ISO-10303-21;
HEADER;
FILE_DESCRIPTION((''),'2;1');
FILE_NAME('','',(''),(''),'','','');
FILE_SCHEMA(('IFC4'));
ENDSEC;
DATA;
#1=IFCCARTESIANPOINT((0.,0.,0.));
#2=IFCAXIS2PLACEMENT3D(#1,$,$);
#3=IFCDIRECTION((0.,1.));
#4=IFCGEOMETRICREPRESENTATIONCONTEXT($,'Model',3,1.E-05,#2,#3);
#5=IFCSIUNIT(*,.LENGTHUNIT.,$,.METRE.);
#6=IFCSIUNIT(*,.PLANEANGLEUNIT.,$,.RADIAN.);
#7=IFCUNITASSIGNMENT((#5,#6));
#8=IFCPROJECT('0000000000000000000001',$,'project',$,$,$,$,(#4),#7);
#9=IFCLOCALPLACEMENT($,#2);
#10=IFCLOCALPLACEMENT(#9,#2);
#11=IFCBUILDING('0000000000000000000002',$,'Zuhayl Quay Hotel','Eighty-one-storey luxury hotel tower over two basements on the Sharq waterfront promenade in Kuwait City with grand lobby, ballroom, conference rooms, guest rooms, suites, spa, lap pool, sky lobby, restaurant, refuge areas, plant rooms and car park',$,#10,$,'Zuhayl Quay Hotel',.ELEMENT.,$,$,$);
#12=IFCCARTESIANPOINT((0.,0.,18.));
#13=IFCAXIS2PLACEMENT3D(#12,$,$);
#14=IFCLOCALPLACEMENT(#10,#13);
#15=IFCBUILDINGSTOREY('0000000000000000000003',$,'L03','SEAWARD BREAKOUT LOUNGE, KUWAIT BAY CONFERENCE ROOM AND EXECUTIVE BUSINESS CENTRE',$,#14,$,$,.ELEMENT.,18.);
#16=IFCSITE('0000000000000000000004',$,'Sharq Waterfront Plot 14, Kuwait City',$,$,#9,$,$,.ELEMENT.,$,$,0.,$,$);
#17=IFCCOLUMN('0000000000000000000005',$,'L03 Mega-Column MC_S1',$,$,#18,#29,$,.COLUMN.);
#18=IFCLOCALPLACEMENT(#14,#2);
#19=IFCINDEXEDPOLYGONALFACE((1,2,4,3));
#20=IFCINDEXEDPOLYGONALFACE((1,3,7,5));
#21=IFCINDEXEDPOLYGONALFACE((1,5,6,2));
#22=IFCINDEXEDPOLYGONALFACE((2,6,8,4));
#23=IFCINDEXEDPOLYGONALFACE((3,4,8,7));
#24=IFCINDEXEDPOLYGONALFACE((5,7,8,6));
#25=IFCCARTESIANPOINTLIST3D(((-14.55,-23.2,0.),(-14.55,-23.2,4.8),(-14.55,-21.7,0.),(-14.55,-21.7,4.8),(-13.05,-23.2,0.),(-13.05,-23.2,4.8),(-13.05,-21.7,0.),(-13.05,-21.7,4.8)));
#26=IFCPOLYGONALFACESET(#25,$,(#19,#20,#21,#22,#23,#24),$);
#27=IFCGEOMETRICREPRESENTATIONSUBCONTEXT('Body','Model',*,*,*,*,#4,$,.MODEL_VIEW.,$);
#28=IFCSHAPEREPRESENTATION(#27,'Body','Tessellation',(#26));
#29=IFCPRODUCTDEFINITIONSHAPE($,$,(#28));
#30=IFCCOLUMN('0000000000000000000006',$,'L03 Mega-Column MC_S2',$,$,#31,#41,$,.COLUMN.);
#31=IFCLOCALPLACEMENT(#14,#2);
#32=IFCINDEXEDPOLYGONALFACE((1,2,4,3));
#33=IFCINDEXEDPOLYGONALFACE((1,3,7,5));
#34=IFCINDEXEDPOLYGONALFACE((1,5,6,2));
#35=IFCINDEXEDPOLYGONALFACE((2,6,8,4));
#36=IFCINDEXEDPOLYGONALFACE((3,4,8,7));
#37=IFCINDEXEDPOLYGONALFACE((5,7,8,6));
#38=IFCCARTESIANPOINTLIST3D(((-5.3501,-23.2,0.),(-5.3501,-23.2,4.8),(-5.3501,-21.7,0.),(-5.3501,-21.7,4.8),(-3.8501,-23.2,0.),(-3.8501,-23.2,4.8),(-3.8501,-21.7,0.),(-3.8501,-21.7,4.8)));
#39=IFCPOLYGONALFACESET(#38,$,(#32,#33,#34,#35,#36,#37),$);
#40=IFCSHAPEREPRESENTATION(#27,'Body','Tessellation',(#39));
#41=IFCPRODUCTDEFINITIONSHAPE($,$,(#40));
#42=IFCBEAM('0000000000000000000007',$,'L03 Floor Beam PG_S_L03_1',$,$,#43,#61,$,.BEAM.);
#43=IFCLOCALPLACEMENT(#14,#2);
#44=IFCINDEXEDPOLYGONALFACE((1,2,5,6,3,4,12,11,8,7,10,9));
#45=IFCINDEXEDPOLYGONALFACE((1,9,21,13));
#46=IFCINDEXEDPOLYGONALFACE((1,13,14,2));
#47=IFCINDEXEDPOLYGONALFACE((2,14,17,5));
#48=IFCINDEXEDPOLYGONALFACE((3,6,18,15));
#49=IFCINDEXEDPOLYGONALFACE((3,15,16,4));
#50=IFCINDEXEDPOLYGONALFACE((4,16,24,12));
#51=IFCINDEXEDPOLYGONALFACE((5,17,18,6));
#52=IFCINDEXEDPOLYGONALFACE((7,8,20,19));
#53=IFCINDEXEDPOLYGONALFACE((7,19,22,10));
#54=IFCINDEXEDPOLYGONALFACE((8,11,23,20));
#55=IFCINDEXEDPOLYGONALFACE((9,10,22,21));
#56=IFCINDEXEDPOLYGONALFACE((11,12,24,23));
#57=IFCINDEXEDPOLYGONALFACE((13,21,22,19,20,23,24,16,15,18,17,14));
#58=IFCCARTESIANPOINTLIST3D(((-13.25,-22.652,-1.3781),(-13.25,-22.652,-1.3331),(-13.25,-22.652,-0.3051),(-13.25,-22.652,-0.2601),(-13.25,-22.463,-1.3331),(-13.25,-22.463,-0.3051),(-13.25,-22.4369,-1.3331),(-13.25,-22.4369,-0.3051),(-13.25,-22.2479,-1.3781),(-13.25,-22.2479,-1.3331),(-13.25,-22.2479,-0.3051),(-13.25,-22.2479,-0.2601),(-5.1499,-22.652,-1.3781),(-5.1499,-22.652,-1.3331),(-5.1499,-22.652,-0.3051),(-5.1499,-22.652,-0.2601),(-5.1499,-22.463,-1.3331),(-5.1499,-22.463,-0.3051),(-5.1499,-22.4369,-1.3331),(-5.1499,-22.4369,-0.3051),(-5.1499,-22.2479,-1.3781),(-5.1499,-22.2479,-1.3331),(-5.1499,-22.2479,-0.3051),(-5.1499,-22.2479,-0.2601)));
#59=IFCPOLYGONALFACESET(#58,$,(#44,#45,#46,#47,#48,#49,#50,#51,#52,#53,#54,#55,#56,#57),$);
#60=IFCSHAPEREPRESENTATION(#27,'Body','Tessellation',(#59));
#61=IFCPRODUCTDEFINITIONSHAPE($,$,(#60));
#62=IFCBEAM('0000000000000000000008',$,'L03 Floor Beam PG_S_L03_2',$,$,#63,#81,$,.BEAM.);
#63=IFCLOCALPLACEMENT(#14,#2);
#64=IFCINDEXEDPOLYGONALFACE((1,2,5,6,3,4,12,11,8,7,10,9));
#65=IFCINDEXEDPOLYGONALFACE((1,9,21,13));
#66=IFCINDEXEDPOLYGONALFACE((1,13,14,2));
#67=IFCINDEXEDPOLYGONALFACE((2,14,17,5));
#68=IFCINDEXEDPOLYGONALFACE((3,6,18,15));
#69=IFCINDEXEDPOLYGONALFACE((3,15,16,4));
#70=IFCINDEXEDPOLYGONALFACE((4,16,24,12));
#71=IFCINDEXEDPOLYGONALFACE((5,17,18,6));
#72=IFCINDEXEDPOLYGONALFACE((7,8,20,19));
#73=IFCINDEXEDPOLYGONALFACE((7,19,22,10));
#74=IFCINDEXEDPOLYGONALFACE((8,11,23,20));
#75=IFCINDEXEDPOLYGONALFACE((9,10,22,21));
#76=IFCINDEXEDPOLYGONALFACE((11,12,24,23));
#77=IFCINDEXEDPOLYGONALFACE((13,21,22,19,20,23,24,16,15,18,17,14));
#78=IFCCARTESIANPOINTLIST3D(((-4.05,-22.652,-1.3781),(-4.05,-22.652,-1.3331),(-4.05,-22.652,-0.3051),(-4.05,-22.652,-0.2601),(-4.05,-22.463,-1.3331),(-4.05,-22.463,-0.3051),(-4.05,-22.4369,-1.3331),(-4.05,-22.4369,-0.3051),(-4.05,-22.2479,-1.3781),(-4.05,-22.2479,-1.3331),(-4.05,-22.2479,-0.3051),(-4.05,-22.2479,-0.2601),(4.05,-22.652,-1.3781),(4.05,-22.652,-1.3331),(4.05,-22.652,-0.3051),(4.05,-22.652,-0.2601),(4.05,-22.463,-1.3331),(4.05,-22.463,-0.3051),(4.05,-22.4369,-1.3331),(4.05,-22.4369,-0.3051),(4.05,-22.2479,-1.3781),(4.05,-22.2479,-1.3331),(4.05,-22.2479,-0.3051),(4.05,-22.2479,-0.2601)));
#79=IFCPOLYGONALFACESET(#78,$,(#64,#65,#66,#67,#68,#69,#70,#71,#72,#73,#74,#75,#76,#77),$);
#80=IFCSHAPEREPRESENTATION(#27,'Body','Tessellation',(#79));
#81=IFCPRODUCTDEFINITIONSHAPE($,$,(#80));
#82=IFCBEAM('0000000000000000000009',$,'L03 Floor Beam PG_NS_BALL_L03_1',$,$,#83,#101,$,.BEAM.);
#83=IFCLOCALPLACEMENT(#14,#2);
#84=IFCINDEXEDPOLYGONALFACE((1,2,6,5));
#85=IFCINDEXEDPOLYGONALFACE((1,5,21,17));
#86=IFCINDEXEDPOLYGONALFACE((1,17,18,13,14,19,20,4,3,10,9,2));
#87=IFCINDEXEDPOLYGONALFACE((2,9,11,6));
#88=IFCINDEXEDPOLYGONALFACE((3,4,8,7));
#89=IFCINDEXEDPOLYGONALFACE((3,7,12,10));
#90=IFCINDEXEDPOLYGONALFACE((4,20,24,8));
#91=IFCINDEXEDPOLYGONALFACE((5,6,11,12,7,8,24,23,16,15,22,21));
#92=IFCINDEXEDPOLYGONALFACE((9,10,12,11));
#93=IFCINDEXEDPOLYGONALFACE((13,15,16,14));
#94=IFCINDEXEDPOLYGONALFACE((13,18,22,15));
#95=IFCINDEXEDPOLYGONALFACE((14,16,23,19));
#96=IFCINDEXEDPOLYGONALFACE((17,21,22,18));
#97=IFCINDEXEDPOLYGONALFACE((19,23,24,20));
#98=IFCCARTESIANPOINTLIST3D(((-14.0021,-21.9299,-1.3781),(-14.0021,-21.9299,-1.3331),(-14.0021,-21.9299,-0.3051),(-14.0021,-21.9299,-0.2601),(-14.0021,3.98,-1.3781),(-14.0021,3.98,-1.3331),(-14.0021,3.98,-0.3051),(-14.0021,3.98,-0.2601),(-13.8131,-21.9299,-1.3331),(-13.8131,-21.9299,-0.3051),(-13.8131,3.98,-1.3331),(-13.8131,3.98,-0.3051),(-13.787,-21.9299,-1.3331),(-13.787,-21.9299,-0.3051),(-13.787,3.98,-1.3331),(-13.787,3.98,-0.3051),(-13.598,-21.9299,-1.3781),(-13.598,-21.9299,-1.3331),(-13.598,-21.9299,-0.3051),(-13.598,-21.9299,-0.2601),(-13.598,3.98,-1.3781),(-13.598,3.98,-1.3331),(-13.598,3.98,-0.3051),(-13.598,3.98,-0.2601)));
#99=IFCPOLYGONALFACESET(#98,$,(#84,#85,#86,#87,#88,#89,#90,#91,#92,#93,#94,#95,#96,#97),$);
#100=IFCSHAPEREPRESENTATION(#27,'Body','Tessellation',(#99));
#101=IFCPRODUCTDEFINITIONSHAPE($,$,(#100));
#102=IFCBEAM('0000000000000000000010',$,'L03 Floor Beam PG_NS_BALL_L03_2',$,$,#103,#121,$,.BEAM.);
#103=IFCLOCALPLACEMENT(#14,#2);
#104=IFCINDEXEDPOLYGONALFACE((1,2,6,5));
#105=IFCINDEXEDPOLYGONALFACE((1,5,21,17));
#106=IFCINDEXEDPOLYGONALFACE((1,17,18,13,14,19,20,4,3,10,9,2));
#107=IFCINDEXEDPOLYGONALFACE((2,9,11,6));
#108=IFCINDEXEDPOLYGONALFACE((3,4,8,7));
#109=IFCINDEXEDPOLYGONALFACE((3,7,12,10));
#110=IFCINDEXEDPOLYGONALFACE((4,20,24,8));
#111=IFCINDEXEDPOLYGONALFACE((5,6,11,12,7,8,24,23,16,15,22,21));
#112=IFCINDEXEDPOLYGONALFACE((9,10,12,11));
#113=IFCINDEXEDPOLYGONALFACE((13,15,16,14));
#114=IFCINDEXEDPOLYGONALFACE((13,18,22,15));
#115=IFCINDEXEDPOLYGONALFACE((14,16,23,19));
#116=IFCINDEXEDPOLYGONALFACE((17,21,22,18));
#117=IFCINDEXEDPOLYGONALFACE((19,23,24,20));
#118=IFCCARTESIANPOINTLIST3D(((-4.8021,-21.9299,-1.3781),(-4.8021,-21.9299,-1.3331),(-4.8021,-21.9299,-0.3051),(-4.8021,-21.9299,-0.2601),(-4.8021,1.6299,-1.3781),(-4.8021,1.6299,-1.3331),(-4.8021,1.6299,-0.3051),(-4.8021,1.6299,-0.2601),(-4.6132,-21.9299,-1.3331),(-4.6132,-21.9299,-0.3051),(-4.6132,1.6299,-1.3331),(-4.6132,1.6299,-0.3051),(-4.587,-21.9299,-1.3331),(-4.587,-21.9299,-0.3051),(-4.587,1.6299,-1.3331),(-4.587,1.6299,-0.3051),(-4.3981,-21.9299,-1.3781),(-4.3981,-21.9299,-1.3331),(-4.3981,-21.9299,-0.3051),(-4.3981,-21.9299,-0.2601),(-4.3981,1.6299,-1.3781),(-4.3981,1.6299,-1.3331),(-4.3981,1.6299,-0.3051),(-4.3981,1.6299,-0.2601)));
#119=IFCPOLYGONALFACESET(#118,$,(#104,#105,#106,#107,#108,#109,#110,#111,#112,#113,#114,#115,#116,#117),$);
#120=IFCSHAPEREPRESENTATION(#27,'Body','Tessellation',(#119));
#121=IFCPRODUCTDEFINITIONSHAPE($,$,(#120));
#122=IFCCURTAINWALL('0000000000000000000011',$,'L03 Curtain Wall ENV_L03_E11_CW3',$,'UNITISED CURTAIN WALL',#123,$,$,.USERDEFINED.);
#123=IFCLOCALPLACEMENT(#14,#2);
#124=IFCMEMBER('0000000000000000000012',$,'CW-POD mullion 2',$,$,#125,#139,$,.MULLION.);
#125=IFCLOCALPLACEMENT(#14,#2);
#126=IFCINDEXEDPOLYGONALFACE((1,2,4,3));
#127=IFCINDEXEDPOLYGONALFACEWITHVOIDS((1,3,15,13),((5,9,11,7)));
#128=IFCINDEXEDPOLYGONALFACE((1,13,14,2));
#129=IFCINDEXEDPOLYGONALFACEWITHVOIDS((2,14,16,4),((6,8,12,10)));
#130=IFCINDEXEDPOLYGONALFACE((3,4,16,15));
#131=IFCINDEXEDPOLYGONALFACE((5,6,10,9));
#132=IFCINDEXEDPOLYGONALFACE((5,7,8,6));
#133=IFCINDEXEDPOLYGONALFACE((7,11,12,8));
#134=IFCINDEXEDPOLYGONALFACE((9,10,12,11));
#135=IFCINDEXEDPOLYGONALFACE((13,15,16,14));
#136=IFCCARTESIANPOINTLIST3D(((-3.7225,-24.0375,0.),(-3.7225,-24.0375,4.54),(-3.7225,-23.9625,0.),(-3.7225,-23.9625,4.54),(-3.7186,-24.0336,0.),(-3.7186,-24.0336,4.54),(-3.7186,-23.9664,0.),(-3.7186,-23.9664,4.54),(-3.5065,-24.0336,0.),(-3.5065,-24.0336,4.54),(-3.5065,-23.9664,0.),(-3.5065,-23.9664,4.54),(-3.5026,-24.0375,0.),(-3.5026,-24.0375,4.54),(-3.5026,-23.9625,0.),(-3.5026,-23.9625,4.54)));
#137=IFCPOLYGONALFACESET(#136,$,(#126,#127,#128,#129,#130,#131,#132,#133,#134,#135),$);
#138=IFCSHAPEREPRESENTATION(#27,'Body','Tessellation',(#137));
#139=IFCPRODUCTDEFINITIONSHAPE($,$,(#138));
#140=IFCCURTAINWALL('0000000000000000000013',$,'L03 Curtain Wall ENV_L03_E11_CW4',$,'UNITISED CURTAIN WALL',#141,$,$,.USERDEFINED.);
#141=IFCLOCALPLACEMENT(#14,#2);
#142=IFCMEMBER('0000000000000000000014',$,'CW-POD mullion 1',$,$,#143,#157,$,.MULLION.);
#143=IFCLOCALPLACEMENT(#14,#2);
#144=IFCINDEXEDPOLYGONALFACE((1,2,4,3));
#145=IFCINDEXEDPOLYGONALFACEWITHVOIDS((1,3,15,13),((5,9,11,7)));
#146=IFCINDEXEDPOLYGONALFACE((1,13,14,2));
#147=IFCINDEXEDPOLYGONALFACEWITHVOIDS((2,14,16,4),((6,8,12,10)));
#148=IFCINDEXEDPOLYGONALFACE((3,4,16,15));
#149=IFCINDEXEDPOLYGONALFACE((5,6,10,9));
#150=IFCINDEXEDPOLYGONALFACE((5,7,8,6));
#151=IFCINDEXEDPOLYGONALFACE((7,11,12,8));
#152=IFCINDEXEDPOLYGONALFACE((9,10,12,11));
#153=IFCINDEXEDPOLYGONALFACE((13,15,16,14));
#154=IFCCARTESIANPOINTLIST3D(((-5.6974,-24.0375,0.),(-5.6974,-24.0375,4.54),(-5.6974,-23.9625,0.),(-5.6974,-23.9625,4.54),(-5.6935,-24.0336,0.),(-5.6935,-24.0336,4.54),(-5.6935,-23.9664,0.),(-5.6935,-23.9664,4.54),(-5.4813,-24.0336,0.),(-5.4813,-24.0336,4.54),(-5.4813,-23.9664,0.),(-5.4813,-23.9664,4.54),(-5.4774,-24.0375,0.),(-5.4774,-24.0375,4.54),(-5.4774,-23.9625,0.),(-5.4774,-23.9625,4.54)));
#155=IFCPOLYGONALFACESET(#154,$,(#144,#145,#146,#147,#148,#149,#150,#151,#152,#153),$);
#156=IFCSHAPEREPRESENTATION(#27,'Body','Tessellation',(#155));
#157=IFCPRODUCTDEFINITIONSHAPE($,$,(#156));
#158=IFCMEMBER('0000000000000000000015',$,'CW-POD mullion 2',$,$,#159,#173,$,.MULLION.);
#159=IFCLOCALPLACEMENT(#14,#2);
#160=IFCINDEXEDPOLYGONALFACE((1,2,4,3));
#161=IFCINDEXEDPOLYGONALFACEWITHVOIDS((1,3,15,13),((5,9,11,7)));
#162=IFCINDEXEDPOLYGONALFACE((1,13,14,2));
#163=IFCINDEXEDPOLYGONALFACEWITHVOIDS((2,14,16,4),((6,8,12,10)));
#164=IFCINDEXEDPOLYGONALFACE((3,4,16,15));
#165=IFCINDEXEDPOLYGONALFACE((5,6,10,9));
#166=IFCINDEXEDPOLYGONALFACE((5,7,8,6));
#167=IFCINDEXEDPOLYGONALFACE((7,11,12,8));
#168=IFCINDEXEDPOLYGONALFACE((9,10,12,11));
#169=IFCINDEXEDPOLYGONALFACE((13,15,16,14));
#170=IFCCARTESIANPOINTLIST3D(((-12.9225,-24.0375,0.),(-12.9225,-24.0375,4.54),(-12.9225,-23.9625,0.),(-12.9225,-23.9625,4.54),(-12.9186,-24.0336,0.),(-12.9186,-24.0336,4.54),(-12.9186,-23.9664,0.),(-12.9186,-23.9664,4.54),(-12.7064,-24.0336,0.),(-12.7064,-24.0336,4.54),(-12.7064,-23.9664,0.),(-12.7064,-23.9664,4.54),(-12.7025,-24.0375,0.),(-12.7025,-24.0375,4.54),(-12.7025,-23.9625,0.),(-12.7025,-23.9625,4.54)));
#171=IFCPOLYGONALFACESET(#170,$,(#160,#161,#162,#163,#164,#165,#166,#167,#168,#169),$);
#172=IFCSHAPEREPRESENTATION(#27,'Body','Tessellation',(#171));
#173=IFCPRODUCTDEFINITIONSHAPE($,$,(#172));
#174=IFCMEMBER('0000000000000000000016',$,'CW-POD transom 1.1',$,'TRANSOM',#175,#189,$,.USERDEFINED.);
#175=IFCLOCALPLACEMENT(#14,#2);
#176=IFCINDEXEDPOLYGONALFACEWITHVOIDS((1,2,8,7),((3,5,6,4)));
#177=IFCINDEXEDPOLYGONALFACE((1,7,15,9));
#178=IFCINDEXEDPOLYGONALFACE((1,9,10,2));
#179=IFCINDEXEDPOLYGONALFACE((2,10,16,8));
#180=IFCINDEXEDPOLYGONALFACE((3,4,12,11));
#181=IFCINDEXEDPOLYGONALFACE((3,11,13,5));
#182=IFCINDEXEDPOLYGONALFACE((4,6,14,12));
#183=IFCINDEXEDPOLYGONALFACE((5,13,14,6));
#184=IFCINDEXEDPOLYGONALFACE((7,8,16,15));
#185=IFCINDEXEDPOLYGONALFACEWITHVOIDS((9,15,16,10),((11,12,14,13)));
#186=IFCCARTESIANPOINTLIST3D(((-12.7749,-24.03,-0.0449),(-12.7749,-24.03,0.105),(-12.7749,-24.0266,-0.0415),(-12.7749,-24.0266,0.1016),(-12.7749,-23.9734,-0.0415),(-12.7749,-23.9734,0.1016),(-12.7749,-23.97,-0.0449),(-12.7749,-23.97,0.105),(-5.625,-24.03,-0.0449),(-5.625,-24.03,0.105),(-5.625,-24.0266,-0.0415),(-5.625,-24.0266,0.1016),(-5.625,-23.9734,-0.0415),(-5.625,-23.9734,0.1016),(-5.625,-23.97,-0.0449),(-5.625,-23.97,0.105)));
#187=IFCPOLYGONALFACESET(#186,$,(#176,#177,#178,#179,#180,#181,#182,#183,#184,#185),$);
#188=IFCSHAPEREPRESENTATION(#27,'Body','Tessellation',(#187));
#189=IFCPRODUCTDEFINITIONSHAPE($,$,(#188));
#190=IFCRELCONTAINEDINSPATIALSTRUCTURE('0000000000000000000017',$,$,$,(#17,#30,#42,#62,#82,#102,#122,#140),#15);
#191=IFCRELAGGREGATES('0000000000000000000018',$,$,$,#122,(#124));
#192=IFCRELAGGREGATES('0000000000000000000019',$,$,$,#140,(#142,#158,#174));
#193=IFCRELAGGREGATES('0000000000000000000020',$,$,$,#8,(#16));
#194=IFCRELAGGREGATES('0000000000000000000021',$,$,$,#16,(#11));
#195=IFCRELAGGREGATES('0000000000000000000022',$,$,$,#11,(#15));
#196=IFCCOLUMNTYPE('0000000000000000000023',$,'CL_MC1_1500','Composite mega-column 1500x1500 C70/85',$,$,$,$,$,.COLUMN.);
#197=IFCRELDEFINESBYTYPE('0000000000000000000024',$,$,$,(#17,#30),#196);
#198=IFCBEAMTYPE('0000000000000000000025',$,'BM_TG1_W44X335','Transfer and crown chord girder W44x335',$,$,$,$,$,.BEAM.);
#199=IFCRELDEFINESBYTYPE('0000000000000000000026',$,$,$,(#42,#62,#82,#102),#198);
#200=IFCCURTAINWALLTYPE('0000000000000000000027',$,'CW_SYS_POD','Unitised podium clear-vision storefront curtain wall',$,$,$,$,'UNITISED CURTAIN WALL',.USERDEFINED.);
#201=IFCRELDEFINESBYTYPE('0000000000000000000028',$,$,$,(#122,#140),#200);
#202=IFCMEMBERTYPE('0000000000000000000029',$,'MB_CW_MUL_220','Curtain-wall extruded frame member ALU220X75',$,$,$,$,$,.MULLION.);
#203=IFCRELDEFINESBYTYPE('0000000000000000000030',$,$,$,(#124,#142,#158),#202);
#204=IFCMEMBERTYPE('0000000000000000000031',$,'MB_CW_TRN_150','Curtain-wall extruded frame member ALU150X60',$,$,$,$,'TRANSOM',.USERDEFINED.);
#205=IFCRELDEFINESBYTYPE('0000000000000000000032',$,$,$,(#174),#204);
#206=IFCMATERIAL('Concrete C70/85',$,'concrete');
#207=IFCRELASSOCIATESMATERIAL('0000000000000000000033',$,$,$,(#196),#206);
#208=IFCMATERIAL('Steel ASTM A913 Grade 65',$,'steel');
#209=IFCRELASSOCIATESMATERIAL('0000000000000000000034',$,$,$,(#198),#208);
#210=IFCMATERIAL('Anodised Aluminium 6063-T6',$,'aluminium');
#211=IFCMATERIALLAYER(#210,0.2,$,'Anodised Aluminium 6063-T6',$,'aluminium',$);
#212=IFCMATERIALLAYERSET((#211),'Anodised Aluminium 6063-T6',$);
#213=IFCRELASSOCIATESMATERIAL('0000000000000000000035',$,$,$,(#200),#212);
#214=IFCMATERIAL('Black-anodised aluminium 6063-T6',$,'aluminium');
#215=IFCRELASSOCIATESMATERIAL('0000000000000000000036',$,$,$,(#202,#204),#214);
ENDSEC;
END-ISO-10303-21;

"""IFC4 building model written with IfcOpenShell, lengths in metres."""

from ifc_helpers import new_model, si_unit, direction, frame, origin, origin_2d, place, context, subcontext, project, spatial, rectangle, hollow_rectangle, i_section, extrude, material, layer, layer_set, material_profile, profile_set, type_object, element, aggregate, save


model = new_model("IFC4")

# Units and contexts
model_context = context("Model", 3, precision=1e-05, world=origin(), true_north=direction((0.0, 1.0)))
body_context = subcontext(model_context, "Body", "Model", "MODEL_VIEW")
ifc_project = project(units=[si_unit("LENGTHUNIT", "METRE"), si_unit("PLANEANGLEUNIT", "RADIAN")], contexts=[model_context])

# Site, building, storey
site_placement = place(None, origin())
site = spatial("IfcSite", under=ifc_project, at=site_placement, Name="Sharq Waterfront Plot 14, Kuwait City", CompositionType="ELEMENT", RefElevation=0.0)
building_placement = place(site_placement, origin())
building = spatial("IfcBuilding", under=site, at=building_placement, Name="Zuhayl Quay Hotel", Description="Eighty-one-storey luxury hotel tower over two basements on the Sharq waterfront promenade in Kuwait City with grand lobby, ballroom, conference rooms, guest rooms, suites, spa, lap pool, sky lobby, restaurant, refuge areas, plant rooms and car park", LongName="Zuhayl Quay Hotel", CompositionType="ELEMENT")
storey_placement = place(building_placement, frame((0.0, 0.0, 18.0)))
storey = spatial("IfcBuildingStorey", under=building, at=storey_placement, Name="L03", Description="SEAWARD BREAKOUT LOUNGE, KUWAIT BAY CONFERENCE ROOM AND EXECUTIVE BUSINESS CENTRE", CompositionType="ELEMENT", Elevation=18.0)

# Columns
ifc_material_1 = material(Name="Concrete C70/85", Category="concrete")
ifc_material_profile_1 = material_profile(ifc_material_1, rectangle(XDim=1.5, YDim=1.5, at=origin_2d()), Name="RC1500X1500")
ifc_profile_set_1 = profile_set([ifc_material_profile_1], Name="Concrete C70/85")
column_type = type_object("IfcColumnType", Name="CL_MC1_1500", Description="Composite mega-column 1500x1500 C70/85", PredefinedType="COLUMN", material=ifc_profile_set_1)
for number, where, z_axis, x_axis, name in (
    (1, (-13.8, -22.45, 0.0), (0.0, 0.0, 1.0), (1.0, 0.0, 0.0), "L03 Mega-Column MC_S1"),
    (2, (-4.6001, -22.45, 0.0), (0.0, 0.0, 1.0), (1.0, 0.0, 0.0), "L03 Mega-Column MC_S2"),
):
    element("IfcColumn", number, at=place(storey_placement, frame(where, z_axis=z_axis, x_axis=x_axis)), inside=storey, type_object=column_type, Name=name, PredefinedType="COLUMN", context=body_context, shape_type="SweptSolid", body=[
        extrude(rectangle(XDim=1.5, YDim=1.5, at=origin_2d()), origin(), (0.0, 0.0, 1.0), 4.8),
    ])

# Beams
ifc_material_2 = material(Name="Steel ASTM A913 Grade 65", Category="steel")
ifc_material_profile_2 = material_profile(ifc_material_2, i_section(OverallWidth=0.4041, OverallDepth=1.1179, WebThickness=0.0261, FlangeThickness=0.0449, at=origin_2d()), Name="W44X335")
ifc_profile_set_2 = profile_set([ifc_material_profile_2], Name="Steel ASTM A913 Grade 65")
beam_type = type_object("IfcBeamType", Name="BM_TG1_W44X335", Description="Transfer and crown chord girder W44x335", PredefinedType="BEAM", material=ifc_profile_set_2)
for number, where, z_axis, x_axis, name in (
    (3, (-13.25, -22.45, -0.8191), (1.0, 0.0, 0.0), (0.0, 1.0, 0.0), "L03 Floor Beam PG_S_L03_1"),
    (4, (-4.05, -22.45, -0.8191), (1.0, 0.0, 0.0), (0.0, 1.0, 0.0), "L03 Floor Beam PG_S_L03_2"),
):
    element("IfcBeam", number, at=place(storey_placement, frame(where, z_axis=z_axis, x_axis=x_axis)), inside=storey, type_object=beam_type, Name=name, PredefinedType="BEAM", context=body_context, shape_type="SweptSolid", body=[
        extrude(i_section(OverallWidth=0.4041, OverallDepth=1.1179, WebThickness=0.0261, FlangeThickness=0.0449, at=origin_2d()), origin(), (0.0, 0.0, 1.0), 8.1001),
    ])
beam_1_placement = place(storey_placement, frame((-13.8, -21.9299, -0.8191), z_axis=(0.0, 1.0, 0.0), x_axis=(-1.0, 0.0, 0.0)))
element("IfcBeam", 5, at=beam_1_placement, inside=storey, type_object=beam_type, Name="L03 Floor Beam PG_NS_BALL_L03_1", PredefinedType="BEAM", context=body_context, shape_type="SweptSolid", body=[
    extrude(i_section(OverallWidth=0.4041, OverallDepth=1.1179, WebThickness=0.0261, FlangeThickness=0.0449, at=origin_2d()), origin(), (0.0, 0.0, 1.0), 25.9099),
])
beam_2_placement = place(storey_placement, frame((-4.6001, -21.9299, -0.8191), z_axis=(0.0, 1.0, 0.0), x_axis=(-1.0, 0.0, 0.0)))
element("IfcBeam", 6, at=beam_2_placement, inside=storey, type_object=beam_type, Name="L03 Floor Beam PG_NS_BALL_L03_2", PredefinedType="BEAM", context=body_context, shape_type="SweptSolid", body=[
    extrude(i_section(OverallWidth=0.4041, OverallDepth=1.1179, WebThickness=0.0261, FlangeThickness=0.0449, at=origin_2d()), origin(), (0.0, 0.0, 1.0), 23.5598),
])

# Curtain wall, member
ifc_material_3 = material(Name="Anodised Aluminium 6063-T6", Category="aluminium")
ifc_layer_1 = layer(ifc_material_3, 0.2, Name="Anodised Aluminium 6063-T6", Category="aluminium")
ifc_layer_set_1 = layer_set([ifc_layer_1], Name="Anodised Aluminium 6063-T6")
curtain_wall_type = type_object("IfcCurtainWallType", Name="CW_SYS_POD", Description="Unitised podium clear-vision storefront curtain wall", ElementType="UNITISED CURTAIN WALL", PredefinedType="USERDEFINED", material=ifc_layer_set_1)
curtain_wall_1_placement = place(storey_placement, origin())
curtain_wall_1 = element("IfcCurtainWall", 7, at=curtain_wall_1_placement, inside=storey, type_object=curtain_wall_type, Name="L03 Curtain Wall ENV_L03_E11_CW3", ObjectType="UNITISED CURTAIN WALL", PredefinedType="USERDEFINED")
ifc_material_4 = material(Name="Black-anodised aluminium 6063-T6", Category="aluminium")
ifc_material_profile_3 = material_profile(ifc_material_4, hollow_rectangle(XDim=0.075, YDim=0.22, WallThickness=0.0039, at=origin_2d()), Name="ALU220X75")
ifc_profile_set_3 = profile_set([ifc_material_profile_3], Name="Black-anodised aluminium 6063-T6")
member_type_1 = type_object("IfcMemberType", Name="MB_CW_MUL_220", Description="Curtain-wall extruded frame member ALU220X75", PredefinedType="MULLION", material=ifc_profile_set_3)
member_1_placement = place(storey_placement, frame((-3.6125, -24.0, 0.0), z_axis=(0.0, 0.0, 1.0), x_axis=(0.0, -1.0, 0.0)))
member_1 = element("IfcMember", 8, at=member_1_placement, type_object=member_type_1, Name="CW-POD mullion 2", PredefinedType="MULLION", context=body_context, shape_type="SweptSolid", body=[
    extrude(hollow_rectangle(XDim=0.075, YDim=0.22, WallThickness=0.0039, at=origin_2d()), origin(), (0.0, 0.0, 1.0), 4.54),
])
aggregate(curtain_wall_1, [member_1])

# Curtain wall, members
curtain_wall_2_placement = place(storey_placement, origin())
curtain_wall_2 = element("IfcCurtainWall", 9, at=curtain_wall_2_placement, inside=storey, type_object=curtain_wall_type, Name="L03 Curtain Wall ENV_L03_E11_CW4", ObjectType="UNITISED CURTAIN WALL", PredefinedType="USERDEFINED")
member_2_placement = place(storey_placement, frame((-5.5874, -24.0, 0.0), z_axis=(0.0, 0.0, 1.0), x_axis=(0.0, -1.0, 0.0)))
member_2 = element("IfcMember", 10, at=member_2_placement, type_object=member_type_1, Name="CW-POD mullion 1", PredefinedType="MULLION", context=body_context, shape_type="SweptSolid", body=[
    extrude(hollow_rectangle(XDim=0.075, YDim=0.22, WallThickness=0.0039, at=origin_2d()), origin(), (0.0, 0.0, 1.0), 4.54),
])
member_3_placement = place(storey_placement, frame((-12.8125, -24.0, 0.0), z_axis=(0.0, 0.0, 1.0), x_axis=(0.0, -1.0, 0.0)))
member_3 = element("IfcMember", 11, at=member_3_placement, type_object=member_type_1, Name="CW-POD mullion 2", PredefinedType="MULLION", context=body_context, shape_type="SweptSolid", body=[
    extrude(hollow_rectangle(XDim=0.075, YDim=0.22, WallThickness=0.0039, at=origin_2d()), origin(), (0.0, 0.0, 1.0), 4.54),
])
ifc_material_profile_4 = material_profile(ifc_material_4, hollow_rectangle(XDim=0.0601, YDim=0.1499, WallThickness=0.0034, at=origin_2d()), Name="ALU150X60")
ifc_profile_set_4 = profile_set([ifc_material_profile_4], Name="Black-anodised aluminium 6063-T6")
member_type_2 = type_object("IfcMemberType", Name="MB_CW_TRN_150", Description="Curtain-wall extruded frame member ALU150X60", ElementType="TRANSOM", PredefinedType="USERDEFINED", material=ifc_profile_set_4)
member_4_placement = place(storey_placement, frame((-5.625, -24.0, 0.03), z_axis=(-1.0, 0.0, 0.0), x_axis=(0.0, -1.0, 0.0)))
member_4 = element("IfcMember", 12, at=member_4_placement, type_object=member_type_2, Name="CW-POD transom 1.1", ObjectType="TRANSOM", PredefinedType="USERDEFINED", context=body_context, shape_type="SweptSolid", body=[
    extrude(hollow_rectangle(XDim=0.0601, YDim=0.1499, WallThickness=0.0034, at=origin_2d()), origin(), (0.0, 0.0, 1.0), 7.1499),
])

aggregate(curtain_wall_2, [member_2, member_3, member_4])

save(model, "model.ifc")
